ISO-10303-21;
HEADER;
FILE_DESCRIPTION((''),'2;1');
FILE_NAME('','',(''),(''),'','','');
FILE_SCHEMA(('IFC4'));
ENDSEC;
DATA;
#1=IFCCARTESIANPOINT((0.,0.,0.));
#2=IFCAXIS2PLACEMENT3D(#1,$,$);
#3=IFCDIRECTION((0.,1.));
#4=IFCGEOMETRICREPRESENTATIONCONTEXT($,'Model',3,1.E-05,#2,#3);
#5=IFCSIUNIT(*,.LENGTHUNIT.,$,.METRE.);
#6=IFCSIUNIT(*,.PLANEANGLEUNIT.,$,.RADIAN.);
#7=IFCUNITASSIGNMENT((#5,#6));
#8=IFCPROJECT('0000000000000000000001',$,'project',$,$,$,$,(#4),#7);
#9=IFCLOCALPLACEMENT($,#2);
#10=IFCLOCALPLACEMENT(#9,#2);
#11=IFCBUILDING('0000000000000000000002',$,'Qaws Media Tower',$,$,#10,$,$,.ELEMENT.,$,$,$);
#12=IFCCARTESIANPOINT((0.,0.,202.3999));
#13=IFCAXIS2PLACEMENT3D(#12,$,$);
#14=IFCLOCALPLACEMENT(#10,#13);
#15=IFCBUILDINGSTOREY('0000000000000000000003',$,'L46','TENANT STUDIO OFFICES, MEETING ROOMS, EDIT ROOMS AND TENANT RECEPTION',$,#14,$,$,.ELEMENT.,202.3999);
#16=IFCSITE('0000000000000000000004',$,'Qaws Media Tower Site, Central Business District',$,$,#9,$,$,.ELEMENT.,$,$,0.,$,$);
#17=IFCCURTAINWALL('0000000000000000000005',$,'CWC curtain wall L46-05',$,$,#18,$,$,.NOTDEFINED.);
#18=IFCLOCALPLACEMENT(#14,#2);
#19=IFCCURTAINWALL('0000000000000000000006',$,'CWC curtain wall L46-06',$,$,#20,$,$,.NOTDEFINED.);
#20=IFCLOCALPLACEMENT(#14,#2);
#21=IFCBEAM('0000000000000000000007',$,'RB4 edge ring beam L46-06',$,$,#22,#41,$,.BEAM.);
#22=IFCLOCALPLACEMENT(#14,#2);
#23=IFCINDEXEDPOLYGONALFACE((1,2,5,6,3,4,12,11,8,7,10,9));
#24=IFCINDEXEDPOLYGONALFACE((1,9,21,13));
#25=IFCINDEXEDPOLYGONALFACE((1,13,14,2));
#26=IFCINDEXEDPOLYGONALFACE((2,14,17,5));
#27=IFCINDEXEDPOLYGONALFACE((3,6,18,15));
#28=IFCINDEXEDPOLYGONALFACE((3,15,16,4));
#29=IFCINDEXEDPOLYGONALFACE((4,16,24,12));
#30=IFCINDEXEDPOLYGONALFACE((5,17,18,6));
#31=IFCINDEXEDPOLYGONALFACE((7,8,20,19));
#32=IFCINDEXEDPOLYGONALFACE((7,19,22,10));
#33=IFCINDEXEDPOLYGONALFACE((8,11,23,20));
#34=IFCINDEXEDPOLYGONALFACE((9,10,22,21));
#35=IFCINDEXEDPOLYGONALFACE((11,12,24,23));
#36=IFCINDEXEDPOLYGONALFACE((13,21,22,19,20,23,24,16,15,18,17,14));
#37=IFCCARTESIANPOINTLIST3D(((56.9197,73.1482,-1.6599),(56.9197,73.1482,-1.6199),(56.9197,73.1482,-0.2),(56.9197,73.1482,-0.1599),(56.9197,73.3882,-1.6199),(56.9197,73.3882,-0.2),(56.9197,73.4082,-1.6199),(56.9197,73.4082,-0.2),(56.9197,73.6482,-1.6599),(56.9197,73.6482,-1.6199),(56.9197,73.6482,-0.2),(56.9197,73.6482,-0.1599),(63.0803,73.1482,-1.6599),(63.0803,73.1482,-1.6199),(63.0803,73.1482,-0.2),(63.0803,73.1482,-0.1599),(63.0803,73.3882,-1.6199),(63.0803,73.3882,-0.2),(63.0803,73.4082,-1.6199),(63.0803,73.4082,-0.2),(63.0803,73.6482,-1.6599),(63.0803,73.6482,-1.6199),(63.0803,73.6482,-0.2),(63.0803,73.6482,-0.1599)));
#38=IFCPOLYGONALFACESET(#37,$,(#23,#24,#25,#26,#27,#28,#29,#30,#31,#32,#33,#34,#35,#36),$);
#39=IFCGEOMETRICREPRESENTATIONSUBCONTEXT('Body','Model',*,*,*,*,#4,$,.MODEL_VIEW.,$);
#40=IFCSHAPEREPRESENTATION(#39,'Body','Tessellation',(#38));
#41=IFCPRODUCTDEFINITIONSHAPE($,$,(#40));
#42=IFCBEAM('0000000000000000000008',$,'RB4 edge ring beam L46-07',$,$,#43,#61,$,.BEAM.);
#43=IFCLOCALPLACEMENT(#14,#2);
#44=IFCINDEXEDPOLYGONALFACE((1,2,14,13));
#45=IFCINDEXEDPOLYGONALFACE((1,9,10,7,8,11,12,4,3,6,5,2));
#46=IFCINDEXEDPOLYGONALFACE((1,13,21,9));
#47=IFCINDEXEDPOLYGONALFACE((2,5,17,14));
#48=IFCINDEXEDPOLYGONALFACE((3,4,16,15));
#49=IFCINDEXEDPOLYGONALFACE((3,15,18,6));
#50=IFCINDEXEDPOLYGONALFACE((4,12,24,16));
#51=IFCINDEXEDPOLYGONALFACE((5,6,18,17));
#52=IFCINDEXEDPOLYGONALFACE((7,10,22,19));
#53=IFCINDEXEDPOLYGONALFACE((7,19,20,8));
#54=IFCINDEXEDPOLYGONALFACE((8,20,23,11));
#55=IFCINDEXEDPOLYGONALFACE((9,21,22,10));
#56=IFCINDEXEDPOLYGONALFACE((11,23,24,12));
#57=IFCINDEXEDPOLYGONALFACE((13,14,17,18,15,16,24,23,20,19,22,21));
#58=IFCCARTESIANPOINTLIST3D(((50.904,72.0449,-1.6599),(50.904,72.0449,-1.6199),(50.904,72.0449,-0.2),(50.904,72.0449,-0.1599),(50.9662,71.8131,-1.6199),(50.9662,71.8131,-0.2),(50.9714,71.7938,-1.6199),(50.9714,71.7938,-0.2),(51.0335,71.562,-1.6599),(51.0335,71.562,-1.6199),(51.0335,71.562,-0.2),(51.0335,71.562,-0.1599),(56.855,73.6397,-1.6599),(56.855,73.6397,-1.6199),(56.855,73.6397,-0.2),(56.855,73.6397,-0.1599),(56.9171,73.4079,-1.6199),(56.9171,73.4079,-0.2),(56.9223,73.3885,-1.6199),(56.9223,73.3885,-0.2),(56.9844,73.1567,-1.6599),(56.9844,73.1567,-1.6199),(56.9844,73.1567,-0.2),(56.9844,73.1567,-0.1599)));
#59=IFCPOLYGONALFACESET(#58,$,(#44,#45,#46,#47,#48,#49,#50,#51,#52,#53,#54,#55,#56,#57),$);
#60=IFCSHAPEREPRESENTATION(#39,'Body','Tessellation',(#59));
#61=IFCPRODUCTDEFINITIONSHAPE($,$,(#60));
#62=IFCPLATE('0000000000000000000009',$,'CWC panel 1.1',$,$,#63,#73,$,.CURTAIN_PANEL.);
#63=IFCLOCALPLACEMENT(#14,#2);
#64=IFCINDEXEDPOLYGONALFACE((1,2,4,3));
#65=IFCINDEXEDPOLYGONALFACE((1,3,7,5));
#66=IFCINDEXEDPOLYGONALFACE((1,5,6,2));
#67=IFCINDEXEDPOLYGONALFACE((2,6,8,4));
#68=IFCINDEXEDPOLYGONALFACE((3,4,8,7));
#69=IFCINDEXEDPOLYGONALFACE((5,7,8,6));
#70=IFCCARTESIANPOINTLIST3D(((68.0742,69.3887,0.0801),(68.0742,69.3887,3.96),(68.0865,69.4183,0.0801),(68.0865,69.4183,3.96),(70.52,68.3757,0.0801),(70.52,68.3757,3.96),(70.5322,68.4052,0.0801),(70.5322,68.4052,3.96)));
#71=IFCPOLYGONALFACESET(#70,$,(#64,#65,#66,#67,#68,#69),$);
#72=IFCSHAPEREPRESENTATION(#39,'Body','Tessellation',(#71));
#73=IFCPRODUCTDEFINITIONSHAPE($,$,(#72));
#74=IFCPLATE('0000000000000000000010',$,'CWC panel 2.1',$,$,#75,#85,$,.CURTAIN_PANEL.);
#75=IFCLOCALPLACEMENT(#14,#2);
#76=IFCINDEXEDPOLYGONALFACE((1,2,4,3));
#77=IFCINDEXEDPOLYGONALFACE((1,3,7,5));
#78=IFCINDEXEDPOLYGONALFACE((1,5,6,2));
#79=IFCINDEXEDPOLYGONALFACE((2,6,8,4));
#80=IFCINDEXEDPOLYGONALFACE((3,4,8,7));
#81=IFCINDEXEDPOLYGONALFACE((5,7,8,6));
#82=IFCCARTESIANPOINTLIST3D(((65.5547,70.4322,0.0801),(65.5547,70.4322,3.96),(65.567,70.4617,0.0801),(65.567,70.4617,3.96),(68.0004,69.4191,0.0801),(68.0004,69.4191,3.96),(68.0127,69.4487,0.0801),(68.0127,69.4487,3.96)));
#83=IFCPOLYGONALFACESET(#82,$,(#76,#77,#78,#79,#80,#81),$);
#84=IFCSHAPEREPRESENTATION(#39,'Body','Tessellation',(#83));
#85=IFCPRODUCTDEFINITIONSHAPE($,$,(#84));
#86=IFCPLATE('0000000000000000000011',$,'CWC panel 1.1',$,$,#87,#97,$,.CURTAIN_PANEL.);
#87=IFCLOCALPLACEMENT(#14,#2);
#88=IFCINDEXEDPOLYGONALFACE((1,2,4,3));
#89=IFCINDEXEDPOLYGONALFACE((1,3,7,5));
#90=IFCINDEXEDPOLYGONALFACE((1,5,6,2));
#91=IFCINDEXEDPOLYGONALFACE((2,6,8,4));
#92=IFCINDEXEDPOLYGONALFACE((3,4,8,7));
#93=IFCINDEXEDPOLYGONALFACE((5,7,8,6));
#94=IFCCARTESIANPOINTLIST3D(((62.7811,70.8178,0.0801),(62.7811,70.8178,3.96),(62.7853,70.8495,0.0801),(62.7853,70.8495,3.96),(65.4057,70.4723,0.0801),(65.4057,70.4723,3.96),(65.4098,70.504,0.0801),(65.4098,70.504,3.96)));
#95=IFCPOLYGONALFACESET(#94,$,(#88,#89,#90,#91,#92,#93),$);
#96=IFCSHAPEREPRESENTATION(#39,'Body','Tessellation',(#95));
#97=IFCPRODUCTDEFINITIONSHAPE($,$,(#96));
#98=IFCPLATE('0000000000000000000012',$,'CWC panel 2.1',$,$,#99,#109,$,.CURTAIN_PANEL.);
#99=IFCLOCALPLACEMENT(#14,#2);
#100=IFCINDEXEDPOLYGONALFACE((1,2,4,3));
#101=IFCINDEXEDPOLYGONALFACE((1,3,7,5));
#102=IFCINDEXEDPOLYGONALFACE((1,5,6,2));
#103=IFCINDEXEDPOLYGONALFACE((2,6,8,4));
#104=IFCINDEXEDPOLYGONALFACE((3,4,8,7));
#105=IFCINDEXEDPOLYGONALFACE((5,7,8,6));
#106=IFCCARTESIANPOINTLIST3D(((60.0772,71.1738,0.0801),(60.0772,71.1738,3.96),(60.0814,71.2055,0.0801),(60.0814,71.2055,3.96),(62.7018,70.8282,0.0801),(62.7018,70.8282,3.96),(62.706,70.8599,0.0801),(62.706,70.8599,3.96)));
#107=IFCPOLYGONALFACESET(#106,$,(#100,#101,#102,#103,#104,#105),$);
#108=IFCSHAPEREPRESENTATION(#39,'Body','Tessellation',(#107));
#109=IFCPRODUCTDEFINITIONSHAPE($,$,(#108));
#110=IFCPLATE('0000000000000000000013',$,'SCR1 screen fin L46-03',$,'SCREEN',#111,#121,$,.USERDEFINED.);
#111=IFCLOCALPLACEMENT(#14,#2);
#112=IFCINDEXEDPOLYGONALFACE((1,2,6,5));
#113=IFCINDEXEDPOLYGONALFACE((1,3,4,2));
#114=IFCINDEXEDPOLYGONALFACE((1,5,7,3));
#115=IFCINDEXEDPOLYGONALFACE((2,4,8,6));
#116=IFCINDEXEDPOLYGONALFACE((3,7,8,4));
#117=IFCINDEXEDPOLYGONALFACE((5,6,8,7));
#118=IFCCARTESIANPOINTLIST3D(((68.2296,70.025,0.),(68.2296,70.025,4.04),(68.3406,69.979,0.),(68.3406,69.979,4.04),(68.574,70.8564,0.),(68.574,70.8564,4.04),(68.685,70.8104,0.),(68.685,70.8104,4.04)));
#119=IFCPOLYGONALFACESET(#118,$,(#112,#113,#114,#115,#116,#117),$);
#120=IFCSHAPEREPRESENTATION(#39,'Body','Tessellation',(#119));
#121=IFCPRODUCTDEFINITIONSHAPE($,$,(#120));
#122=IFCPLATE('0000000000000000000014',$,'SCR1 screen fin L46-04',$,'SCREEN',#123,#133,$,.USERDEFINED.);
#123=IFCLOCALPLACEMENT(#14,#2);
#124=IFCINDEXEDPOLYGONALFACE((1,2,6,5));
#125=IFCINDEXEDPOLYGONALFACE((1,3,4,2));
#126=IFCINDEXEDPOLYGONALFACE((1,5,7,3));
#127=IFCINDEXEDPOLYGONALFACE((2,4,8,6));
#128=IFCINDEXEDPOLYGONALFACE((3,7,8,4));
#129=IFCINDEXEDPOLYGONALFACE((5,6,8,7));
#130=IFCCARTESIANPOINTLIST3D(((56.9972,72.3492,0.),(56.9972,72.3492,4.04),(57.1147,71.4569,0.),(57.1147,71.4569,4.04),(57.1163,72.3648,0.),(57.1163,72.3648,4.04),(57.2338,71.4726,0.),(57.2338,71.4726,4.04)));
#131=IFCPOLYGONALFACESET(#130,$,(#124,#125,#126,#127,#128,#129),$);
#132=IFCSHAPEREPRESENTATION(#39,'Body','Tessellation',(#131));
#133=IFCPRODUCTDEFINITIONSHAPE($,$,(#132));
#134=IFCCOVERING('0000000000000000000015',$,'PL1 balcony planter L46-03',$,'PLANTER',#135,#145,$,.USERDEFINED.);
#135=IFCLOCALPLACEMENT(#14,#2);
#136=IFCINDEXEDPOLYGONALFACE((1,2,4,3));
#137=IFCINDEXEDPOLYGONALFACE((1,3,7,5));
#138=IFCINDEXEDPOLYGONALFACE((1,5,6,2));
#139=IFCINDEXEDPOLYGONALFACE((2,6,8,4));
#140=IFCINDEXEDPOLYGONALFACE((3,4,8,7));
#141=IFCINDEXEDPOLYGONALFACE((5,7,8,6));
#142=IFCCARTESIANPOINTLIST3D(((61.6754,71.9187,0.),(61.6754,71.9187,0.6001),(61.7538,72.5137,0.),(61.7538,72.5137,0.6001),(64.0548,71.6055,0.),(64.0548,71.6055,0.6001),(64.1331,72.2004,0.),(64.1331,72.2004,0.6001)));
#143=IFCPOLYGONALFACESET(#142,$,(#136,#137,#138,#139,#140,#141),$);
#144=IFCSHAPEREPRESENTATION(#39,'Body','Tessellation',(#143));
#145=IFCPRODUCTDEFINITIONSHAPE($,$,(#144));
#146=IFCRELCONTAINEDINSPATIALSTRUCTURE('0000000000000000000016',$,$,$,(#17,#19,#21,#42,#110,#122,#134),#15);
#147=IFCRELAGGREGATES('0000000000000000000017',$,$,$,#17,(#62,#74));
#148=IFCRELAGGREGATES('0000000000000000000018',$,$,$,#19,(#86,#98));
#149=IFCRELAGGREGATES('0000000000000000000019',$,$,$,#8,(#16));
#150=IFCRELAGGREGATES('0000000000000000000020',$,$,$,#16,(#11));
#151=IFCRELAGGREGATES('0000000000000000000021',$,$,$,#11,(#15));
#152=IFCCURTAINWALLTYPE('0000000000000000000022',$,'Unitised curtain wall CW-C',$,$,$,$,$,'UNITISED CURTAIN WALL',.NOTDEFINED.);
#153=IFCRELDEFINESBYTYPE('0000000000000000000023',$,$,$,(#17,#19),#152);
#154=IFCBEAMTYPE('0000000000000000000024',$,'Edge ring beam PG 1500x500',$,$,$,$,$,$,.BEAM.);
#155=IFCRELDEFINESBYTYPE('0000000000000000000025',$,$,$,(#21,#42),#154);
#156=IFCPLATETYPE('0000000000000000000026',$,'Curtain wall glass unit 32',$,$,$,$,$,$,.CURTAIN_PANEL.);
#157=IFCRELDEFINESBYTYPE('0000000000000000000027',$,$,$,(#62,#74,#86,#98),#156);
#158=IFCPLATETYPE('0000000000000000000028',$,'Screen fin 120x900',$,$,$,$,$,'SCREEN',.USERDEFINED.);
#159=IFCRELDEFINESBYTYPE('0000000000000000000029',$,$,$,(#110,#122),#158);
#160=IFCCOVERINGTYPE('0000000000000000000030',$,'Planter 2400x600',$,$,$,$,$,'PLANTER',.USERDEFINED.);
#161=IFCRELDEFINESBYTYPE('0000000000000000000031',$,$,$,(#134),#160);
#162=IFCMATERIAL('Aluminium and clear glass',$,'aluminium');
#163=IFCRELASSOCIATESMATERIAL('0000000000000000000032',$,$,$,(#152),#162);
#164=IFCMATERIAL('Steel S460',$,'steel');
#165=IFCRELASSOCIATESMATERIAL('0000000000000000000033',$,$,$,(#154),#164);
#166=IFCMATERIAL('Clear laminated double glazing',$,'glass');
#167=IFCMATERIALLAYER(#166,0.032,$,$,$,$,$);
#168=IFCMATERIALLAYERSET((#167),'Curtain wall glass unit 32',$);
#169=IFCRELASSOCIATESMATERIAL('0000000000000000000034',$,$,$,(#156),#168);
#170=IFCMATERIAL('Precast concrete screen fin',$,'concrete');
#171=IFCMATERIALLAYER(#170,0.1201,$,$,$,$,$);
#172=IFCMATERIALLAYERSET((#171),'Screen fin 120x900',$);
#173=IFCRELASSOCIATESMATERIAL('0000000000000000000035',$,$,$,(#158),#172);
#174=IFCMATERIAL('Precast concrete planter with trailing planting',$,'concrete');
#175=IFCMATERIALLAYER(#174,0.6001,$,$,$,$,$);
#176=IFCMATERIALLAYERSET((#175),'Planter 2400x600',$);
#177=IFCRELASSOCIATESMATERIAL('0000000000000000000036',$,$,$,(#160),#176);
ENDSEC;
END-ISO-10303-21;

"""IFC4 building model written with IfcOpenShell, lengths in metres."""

from ifc_helpers import new_model, si_unit, direction, frame, origin, origin_2d, place, context, subcontext, project, spatial, rectangle, i_section, extrude, material, layer, layer_set, material_profile, profile_set, type_object, element, aggregate, save


model = new_model("IFC4")

# Units and contexts
model_context = context("Model", 3, precision=1e-05, world=origin(), true_north=direction((0.0, 1.0)))
body_context = subcontext(model_context, "Body", "Model", "MODEL_VIEW")
ifc_project = project(units=[si_unit("LENGTHUNIT", "METRE"), si_unit("PLANEANGLEUNIT", "RADIAN")], contexts=[model_context])

# Site, building, storey
site_placement = place(None, origin())
site = spatial("IfcSite", under=ifc_project, at=site_placement, Name="Qaws Media Tower Site, Central Business District", CompositionType="ELEMENT", RefElevation=0.0)
building_placement = place(site_placement, origin())
building = spatial("IfcBuilding", under=site, at=building_placement, Name="Qaws Media Tower", CompositionType="ELEMENT")
storey_placement = place(building_placement, frame((0.0, 0.0, 202.3999)))
storey = spatial("IfcBuildingStorey", under=building, at=storey_placement, Name="L46", Description="TENANT STUDIO OFFICES, MEETING ROOMS, EDIT ROOMS AND TENANT RECEPTION", CompositionType="ELEMENT", Elevation=202.3999)

# Curtain walls
ifc_material_1 = material(Name="Aluminium and clear glass", Category="aluminium")
curtain_wall_type = type_object("IfcCurtainWallType", Name="Unitised curtain wall CW-C", ElementType="UNITISED CURTAIN WALL", PredefinedType="NOTDEFINED", material=ifc_material_1)
curtain_wall_1_placement = place(storey_placement, origin())
curtain_wall_1 = element("IfcCurtainWall", 1, at=curtain_wall_1_placement, inside=storey, type_object=curtain_wall_type, Name="CWC curtain wall L46-05", PredefinedType="NOTDEFINED")
curtain_wall_2_placement = place(storey_placement, origin())
curtain_wall_2 = element("IfcCurtainWall", 2, at=curtain_wall_2_placement, inside=storey, type_object=curtain_wall_type, Name="CWC curtain wall L46-06", PredefinedType="NOTDEFINED")

# Beams
ifc_material_2 = material(Name="Steel S460", Category="steel")
ifc_material_profile_1 = material_profile(ifc_material_2, i_section(OverallWidth=0.5, OverallDepth=1.5, WebThickness=0.02, FlangeThickness=0.04, at=origin_2d()), Name="PG 1500x500")
ifc_profile_set_1 = profile_set([ifc_material_profile_1], Name="Steel S460")
beam_type = type_object("IfcBeamType", Name="Edge ring beam PG 1500x500", PredefinedType="BEAM", material=ifc_profile_set_1)
beam_1_placement = place(storey_placement, frame((63.0803, 73.3982, -0.9099), z_axis=(-1.0, 0.0, 0.0), x_axis=(0.0, -1.0, 0.0)))
element("IfcBeam", 3, at=beam_1_placement, inside=storey, type_object=beam_type, Name="RB4 edge ring beam L46-06", PredefinedType="BEAM", context=body_context, shape_type="SweptSolid", body=[
    extrude(i_section(OverallWidth=0.5, OverallDepth=1.5, WebThickness=0.02, FlangeThickness=0.04, at=origin_2d()), origin(), (0.0, 0.0, 1.0), 6.1606),
])
beam_2_placement = place(storey_placement, frame((56.9197, 73.3982, -0.9099), z_axis=(-0.965919, -0.258846, 0.0), x_axis=(0.258846, -0.965919, 0.0)))
element("IfcBeam", 4, at=beam_2_placement, inside=storey, type_object=beam_type, Name="RB4 edge ring beam L46-07", PredefinedType="BEAM", context=body_context, shape_type="SweptSolid", body=[
    extrude(i_section(OverallWidth=0.5, OverallDepth=1.5, WebThickness=0.02, FlangeThickness=0.04, at=origin_2d()), origin(), (0.0, 0.0, 1.0), 6.1609),
])

# Plates
ifc_material_3 = material(Name="Clear laminated double glazing", Category="glass")
ifc_layer_1 = layer(ifc_material_3, 0.032)
ifc_layer_set_1 = layer_set([ifc_layer_1], Name="Curtain wall glass unit 32")
plate_type_1 = type_object("IfcPlateType", Name="Curtain wall glass unit 32", PredefinedType="CURTAIN_PANEL", material=ifc_layer_set_1)
plate_1_placement = place(storey_placement, frame((69.3032, 68.897, 0.0801), z_axis=(0.0, 0.0, 1.0), x_axis=(-0.92388, 0.382683, 0.0)))
plate_1 = element("IfcPlate", 5, at=plate_1_placement, type_object=plate_type_1, Name="CWC panel 1.1", PredefinedType="CURTAIN_PANEL", context=body_context, shape_type="SweptSolid", body=[
    extrude(rectangle(XDim=2.6472, YDim=0.032, at=origin_2d()), origin(), (0.0, 0.0, 1.0), 3.8799),
])
plate_2_placement = place(storey_placement, frame((66.7837, 69.9404, 0.0801), z_axis=(0.0, 0.0, 1.0), x_axis=(-0.92388, 0.382683, 0.0)))
plate_2 = element("IfcPlate", 6, at=plate_2_placement, type_object=plate_type_1, Name="CWC panel 2.1", PredefinedType="CURTAIN_PANEL", context=body_context, shape_type="SweptSolid", body=[
    extrude(rectangle(XDim=2.6472, YDim=0.032, at=origin_2d()), origin(), (0.0, 0.0, 1.0), 3.8799),
])
aggregate(curtain_wall_1, [plate_1, plate_2])
plate_3_placement = place(storey_placement, frame((64.0955, 70.6609, 0.0801), z_axis=(0.0, 0.0, 1.0), x_axis=(-0.991445, 0.130526, 0.0)))
plate_3 = element("IfcPlate", 7, at=plate_3_placement, type_object=plate_type_1, Name="CWC panel 1.1", PredefinedType="CURTAIN_PANEL", context=body_context, shape_type="SweptSolid", body=[
    extrude(rectangle(XDim=2.6472, YDim=0.032, at=origin_2d()), origin(), (0.0, 0.0, 1.0), 3.8799),
])
plate_4_placement = place(storey_placement, frame((61.3916, 71.0168, 0.0801), z_axis=(0.0, 0.0, 1.0), x_axis=(-0.991445, 0.130526, 0.0)))
plate_4 = element("IfcPlate", 8, at=plate_4_placement, type_object=plate_type_1, Name="CWC panel 2.1", PredefinedType="CURTAIN_PANEL", context=body_context, shape_type="SweptSolid", body=[
    extrude(rectangle(XDim=2.6472, YDim=0.032, at=origin_2d()), origin(), (0.0, 0.0, 1.0), 3.8799),
])
aggregate(curtain_wall_2, [plate_3, plate_4])

# Plates
ifc_material_4 = material(Name="Precast concrete screen fin", Category="concrete")
ifc_layer_2 = layer(ifc_material_4, 0.1201)
ifc_layer_set_2 = layer_set([ifc_layer_2], Name="Screen fin 120x900")
plate_type_2 = type_object("IfcPlateType", Name="Screen fin 120x900", ElementType="SCREEN", PredefinedType="USERDEFINED", material=ifc_layer_set_2)
for number, where, z_axis, x_axis, name in (
    (9, (68.4573, 70.4177, 0.0), (0.0, 0.0, 1.0), (0.382683, 0.92388, 0.0), "SCR1 screen fin L46-03"),
    (10, (57.1155, 71.9109, 0.0), (0.0, 0.0, 1.0), (-0.130526, 0.991445, 0.0), "SCR1 screen fin L46-04"),
):
    element("IfcPlate", number, at=place(storey_placement, frame(where, z_axis=z_axis, x_axis=x_axis)), inside=storey, type_object=plate_type_2, Name=name, ObjectType="SCREEN", PredefinedType="USERDEFINED", context=body_context, shape_type="SweptSolid", body=[
        extrude(rectangle(XDim=0.8999, YDim=0.1201, at=origin_2d()), origin(), (0.0, 0.0, 1.0), 4.04),
    ])

# Covering
ifc_material_5 = material(Name="Precast concrete planter with trailing planting", Category="concrete")
ifc_layer_3 = layer(ifc_material_5, 0.6001)
ifc_layer_set_3 = layer_set([ifc_layer_3], Name="Planter 2400x600")
covering_type = type_object("IfcCoveringType", Name="Planter 2400x600", ElementType="PLANTER", PredefinedType="USERDEFINED", material=ifc_layer_set_3)
covering_placement = place(storey_placement, frame((62.9043, 72.0596, 0.0), z_axis=(0.0, 0.0, 1.0), x_axis=(-0.991445, 0.130526, 0.0)))
element("IfcCovering", 11, at=covering_placement, inside=storey, type_object=covering_type, Name="PL1 balcony planter L46-03", ObjectType="PLANTER", PredefinedType="USERDEFINED", context=body_context, shape_type="SweptSolid", body=[
    extrude(rectangle(XDim=2.3999, YDim=0.6001, at=origin_2d()), origin(), (0.0, 0.0, 1.0), 0.6001),
])

save(model, "model.ifc")
